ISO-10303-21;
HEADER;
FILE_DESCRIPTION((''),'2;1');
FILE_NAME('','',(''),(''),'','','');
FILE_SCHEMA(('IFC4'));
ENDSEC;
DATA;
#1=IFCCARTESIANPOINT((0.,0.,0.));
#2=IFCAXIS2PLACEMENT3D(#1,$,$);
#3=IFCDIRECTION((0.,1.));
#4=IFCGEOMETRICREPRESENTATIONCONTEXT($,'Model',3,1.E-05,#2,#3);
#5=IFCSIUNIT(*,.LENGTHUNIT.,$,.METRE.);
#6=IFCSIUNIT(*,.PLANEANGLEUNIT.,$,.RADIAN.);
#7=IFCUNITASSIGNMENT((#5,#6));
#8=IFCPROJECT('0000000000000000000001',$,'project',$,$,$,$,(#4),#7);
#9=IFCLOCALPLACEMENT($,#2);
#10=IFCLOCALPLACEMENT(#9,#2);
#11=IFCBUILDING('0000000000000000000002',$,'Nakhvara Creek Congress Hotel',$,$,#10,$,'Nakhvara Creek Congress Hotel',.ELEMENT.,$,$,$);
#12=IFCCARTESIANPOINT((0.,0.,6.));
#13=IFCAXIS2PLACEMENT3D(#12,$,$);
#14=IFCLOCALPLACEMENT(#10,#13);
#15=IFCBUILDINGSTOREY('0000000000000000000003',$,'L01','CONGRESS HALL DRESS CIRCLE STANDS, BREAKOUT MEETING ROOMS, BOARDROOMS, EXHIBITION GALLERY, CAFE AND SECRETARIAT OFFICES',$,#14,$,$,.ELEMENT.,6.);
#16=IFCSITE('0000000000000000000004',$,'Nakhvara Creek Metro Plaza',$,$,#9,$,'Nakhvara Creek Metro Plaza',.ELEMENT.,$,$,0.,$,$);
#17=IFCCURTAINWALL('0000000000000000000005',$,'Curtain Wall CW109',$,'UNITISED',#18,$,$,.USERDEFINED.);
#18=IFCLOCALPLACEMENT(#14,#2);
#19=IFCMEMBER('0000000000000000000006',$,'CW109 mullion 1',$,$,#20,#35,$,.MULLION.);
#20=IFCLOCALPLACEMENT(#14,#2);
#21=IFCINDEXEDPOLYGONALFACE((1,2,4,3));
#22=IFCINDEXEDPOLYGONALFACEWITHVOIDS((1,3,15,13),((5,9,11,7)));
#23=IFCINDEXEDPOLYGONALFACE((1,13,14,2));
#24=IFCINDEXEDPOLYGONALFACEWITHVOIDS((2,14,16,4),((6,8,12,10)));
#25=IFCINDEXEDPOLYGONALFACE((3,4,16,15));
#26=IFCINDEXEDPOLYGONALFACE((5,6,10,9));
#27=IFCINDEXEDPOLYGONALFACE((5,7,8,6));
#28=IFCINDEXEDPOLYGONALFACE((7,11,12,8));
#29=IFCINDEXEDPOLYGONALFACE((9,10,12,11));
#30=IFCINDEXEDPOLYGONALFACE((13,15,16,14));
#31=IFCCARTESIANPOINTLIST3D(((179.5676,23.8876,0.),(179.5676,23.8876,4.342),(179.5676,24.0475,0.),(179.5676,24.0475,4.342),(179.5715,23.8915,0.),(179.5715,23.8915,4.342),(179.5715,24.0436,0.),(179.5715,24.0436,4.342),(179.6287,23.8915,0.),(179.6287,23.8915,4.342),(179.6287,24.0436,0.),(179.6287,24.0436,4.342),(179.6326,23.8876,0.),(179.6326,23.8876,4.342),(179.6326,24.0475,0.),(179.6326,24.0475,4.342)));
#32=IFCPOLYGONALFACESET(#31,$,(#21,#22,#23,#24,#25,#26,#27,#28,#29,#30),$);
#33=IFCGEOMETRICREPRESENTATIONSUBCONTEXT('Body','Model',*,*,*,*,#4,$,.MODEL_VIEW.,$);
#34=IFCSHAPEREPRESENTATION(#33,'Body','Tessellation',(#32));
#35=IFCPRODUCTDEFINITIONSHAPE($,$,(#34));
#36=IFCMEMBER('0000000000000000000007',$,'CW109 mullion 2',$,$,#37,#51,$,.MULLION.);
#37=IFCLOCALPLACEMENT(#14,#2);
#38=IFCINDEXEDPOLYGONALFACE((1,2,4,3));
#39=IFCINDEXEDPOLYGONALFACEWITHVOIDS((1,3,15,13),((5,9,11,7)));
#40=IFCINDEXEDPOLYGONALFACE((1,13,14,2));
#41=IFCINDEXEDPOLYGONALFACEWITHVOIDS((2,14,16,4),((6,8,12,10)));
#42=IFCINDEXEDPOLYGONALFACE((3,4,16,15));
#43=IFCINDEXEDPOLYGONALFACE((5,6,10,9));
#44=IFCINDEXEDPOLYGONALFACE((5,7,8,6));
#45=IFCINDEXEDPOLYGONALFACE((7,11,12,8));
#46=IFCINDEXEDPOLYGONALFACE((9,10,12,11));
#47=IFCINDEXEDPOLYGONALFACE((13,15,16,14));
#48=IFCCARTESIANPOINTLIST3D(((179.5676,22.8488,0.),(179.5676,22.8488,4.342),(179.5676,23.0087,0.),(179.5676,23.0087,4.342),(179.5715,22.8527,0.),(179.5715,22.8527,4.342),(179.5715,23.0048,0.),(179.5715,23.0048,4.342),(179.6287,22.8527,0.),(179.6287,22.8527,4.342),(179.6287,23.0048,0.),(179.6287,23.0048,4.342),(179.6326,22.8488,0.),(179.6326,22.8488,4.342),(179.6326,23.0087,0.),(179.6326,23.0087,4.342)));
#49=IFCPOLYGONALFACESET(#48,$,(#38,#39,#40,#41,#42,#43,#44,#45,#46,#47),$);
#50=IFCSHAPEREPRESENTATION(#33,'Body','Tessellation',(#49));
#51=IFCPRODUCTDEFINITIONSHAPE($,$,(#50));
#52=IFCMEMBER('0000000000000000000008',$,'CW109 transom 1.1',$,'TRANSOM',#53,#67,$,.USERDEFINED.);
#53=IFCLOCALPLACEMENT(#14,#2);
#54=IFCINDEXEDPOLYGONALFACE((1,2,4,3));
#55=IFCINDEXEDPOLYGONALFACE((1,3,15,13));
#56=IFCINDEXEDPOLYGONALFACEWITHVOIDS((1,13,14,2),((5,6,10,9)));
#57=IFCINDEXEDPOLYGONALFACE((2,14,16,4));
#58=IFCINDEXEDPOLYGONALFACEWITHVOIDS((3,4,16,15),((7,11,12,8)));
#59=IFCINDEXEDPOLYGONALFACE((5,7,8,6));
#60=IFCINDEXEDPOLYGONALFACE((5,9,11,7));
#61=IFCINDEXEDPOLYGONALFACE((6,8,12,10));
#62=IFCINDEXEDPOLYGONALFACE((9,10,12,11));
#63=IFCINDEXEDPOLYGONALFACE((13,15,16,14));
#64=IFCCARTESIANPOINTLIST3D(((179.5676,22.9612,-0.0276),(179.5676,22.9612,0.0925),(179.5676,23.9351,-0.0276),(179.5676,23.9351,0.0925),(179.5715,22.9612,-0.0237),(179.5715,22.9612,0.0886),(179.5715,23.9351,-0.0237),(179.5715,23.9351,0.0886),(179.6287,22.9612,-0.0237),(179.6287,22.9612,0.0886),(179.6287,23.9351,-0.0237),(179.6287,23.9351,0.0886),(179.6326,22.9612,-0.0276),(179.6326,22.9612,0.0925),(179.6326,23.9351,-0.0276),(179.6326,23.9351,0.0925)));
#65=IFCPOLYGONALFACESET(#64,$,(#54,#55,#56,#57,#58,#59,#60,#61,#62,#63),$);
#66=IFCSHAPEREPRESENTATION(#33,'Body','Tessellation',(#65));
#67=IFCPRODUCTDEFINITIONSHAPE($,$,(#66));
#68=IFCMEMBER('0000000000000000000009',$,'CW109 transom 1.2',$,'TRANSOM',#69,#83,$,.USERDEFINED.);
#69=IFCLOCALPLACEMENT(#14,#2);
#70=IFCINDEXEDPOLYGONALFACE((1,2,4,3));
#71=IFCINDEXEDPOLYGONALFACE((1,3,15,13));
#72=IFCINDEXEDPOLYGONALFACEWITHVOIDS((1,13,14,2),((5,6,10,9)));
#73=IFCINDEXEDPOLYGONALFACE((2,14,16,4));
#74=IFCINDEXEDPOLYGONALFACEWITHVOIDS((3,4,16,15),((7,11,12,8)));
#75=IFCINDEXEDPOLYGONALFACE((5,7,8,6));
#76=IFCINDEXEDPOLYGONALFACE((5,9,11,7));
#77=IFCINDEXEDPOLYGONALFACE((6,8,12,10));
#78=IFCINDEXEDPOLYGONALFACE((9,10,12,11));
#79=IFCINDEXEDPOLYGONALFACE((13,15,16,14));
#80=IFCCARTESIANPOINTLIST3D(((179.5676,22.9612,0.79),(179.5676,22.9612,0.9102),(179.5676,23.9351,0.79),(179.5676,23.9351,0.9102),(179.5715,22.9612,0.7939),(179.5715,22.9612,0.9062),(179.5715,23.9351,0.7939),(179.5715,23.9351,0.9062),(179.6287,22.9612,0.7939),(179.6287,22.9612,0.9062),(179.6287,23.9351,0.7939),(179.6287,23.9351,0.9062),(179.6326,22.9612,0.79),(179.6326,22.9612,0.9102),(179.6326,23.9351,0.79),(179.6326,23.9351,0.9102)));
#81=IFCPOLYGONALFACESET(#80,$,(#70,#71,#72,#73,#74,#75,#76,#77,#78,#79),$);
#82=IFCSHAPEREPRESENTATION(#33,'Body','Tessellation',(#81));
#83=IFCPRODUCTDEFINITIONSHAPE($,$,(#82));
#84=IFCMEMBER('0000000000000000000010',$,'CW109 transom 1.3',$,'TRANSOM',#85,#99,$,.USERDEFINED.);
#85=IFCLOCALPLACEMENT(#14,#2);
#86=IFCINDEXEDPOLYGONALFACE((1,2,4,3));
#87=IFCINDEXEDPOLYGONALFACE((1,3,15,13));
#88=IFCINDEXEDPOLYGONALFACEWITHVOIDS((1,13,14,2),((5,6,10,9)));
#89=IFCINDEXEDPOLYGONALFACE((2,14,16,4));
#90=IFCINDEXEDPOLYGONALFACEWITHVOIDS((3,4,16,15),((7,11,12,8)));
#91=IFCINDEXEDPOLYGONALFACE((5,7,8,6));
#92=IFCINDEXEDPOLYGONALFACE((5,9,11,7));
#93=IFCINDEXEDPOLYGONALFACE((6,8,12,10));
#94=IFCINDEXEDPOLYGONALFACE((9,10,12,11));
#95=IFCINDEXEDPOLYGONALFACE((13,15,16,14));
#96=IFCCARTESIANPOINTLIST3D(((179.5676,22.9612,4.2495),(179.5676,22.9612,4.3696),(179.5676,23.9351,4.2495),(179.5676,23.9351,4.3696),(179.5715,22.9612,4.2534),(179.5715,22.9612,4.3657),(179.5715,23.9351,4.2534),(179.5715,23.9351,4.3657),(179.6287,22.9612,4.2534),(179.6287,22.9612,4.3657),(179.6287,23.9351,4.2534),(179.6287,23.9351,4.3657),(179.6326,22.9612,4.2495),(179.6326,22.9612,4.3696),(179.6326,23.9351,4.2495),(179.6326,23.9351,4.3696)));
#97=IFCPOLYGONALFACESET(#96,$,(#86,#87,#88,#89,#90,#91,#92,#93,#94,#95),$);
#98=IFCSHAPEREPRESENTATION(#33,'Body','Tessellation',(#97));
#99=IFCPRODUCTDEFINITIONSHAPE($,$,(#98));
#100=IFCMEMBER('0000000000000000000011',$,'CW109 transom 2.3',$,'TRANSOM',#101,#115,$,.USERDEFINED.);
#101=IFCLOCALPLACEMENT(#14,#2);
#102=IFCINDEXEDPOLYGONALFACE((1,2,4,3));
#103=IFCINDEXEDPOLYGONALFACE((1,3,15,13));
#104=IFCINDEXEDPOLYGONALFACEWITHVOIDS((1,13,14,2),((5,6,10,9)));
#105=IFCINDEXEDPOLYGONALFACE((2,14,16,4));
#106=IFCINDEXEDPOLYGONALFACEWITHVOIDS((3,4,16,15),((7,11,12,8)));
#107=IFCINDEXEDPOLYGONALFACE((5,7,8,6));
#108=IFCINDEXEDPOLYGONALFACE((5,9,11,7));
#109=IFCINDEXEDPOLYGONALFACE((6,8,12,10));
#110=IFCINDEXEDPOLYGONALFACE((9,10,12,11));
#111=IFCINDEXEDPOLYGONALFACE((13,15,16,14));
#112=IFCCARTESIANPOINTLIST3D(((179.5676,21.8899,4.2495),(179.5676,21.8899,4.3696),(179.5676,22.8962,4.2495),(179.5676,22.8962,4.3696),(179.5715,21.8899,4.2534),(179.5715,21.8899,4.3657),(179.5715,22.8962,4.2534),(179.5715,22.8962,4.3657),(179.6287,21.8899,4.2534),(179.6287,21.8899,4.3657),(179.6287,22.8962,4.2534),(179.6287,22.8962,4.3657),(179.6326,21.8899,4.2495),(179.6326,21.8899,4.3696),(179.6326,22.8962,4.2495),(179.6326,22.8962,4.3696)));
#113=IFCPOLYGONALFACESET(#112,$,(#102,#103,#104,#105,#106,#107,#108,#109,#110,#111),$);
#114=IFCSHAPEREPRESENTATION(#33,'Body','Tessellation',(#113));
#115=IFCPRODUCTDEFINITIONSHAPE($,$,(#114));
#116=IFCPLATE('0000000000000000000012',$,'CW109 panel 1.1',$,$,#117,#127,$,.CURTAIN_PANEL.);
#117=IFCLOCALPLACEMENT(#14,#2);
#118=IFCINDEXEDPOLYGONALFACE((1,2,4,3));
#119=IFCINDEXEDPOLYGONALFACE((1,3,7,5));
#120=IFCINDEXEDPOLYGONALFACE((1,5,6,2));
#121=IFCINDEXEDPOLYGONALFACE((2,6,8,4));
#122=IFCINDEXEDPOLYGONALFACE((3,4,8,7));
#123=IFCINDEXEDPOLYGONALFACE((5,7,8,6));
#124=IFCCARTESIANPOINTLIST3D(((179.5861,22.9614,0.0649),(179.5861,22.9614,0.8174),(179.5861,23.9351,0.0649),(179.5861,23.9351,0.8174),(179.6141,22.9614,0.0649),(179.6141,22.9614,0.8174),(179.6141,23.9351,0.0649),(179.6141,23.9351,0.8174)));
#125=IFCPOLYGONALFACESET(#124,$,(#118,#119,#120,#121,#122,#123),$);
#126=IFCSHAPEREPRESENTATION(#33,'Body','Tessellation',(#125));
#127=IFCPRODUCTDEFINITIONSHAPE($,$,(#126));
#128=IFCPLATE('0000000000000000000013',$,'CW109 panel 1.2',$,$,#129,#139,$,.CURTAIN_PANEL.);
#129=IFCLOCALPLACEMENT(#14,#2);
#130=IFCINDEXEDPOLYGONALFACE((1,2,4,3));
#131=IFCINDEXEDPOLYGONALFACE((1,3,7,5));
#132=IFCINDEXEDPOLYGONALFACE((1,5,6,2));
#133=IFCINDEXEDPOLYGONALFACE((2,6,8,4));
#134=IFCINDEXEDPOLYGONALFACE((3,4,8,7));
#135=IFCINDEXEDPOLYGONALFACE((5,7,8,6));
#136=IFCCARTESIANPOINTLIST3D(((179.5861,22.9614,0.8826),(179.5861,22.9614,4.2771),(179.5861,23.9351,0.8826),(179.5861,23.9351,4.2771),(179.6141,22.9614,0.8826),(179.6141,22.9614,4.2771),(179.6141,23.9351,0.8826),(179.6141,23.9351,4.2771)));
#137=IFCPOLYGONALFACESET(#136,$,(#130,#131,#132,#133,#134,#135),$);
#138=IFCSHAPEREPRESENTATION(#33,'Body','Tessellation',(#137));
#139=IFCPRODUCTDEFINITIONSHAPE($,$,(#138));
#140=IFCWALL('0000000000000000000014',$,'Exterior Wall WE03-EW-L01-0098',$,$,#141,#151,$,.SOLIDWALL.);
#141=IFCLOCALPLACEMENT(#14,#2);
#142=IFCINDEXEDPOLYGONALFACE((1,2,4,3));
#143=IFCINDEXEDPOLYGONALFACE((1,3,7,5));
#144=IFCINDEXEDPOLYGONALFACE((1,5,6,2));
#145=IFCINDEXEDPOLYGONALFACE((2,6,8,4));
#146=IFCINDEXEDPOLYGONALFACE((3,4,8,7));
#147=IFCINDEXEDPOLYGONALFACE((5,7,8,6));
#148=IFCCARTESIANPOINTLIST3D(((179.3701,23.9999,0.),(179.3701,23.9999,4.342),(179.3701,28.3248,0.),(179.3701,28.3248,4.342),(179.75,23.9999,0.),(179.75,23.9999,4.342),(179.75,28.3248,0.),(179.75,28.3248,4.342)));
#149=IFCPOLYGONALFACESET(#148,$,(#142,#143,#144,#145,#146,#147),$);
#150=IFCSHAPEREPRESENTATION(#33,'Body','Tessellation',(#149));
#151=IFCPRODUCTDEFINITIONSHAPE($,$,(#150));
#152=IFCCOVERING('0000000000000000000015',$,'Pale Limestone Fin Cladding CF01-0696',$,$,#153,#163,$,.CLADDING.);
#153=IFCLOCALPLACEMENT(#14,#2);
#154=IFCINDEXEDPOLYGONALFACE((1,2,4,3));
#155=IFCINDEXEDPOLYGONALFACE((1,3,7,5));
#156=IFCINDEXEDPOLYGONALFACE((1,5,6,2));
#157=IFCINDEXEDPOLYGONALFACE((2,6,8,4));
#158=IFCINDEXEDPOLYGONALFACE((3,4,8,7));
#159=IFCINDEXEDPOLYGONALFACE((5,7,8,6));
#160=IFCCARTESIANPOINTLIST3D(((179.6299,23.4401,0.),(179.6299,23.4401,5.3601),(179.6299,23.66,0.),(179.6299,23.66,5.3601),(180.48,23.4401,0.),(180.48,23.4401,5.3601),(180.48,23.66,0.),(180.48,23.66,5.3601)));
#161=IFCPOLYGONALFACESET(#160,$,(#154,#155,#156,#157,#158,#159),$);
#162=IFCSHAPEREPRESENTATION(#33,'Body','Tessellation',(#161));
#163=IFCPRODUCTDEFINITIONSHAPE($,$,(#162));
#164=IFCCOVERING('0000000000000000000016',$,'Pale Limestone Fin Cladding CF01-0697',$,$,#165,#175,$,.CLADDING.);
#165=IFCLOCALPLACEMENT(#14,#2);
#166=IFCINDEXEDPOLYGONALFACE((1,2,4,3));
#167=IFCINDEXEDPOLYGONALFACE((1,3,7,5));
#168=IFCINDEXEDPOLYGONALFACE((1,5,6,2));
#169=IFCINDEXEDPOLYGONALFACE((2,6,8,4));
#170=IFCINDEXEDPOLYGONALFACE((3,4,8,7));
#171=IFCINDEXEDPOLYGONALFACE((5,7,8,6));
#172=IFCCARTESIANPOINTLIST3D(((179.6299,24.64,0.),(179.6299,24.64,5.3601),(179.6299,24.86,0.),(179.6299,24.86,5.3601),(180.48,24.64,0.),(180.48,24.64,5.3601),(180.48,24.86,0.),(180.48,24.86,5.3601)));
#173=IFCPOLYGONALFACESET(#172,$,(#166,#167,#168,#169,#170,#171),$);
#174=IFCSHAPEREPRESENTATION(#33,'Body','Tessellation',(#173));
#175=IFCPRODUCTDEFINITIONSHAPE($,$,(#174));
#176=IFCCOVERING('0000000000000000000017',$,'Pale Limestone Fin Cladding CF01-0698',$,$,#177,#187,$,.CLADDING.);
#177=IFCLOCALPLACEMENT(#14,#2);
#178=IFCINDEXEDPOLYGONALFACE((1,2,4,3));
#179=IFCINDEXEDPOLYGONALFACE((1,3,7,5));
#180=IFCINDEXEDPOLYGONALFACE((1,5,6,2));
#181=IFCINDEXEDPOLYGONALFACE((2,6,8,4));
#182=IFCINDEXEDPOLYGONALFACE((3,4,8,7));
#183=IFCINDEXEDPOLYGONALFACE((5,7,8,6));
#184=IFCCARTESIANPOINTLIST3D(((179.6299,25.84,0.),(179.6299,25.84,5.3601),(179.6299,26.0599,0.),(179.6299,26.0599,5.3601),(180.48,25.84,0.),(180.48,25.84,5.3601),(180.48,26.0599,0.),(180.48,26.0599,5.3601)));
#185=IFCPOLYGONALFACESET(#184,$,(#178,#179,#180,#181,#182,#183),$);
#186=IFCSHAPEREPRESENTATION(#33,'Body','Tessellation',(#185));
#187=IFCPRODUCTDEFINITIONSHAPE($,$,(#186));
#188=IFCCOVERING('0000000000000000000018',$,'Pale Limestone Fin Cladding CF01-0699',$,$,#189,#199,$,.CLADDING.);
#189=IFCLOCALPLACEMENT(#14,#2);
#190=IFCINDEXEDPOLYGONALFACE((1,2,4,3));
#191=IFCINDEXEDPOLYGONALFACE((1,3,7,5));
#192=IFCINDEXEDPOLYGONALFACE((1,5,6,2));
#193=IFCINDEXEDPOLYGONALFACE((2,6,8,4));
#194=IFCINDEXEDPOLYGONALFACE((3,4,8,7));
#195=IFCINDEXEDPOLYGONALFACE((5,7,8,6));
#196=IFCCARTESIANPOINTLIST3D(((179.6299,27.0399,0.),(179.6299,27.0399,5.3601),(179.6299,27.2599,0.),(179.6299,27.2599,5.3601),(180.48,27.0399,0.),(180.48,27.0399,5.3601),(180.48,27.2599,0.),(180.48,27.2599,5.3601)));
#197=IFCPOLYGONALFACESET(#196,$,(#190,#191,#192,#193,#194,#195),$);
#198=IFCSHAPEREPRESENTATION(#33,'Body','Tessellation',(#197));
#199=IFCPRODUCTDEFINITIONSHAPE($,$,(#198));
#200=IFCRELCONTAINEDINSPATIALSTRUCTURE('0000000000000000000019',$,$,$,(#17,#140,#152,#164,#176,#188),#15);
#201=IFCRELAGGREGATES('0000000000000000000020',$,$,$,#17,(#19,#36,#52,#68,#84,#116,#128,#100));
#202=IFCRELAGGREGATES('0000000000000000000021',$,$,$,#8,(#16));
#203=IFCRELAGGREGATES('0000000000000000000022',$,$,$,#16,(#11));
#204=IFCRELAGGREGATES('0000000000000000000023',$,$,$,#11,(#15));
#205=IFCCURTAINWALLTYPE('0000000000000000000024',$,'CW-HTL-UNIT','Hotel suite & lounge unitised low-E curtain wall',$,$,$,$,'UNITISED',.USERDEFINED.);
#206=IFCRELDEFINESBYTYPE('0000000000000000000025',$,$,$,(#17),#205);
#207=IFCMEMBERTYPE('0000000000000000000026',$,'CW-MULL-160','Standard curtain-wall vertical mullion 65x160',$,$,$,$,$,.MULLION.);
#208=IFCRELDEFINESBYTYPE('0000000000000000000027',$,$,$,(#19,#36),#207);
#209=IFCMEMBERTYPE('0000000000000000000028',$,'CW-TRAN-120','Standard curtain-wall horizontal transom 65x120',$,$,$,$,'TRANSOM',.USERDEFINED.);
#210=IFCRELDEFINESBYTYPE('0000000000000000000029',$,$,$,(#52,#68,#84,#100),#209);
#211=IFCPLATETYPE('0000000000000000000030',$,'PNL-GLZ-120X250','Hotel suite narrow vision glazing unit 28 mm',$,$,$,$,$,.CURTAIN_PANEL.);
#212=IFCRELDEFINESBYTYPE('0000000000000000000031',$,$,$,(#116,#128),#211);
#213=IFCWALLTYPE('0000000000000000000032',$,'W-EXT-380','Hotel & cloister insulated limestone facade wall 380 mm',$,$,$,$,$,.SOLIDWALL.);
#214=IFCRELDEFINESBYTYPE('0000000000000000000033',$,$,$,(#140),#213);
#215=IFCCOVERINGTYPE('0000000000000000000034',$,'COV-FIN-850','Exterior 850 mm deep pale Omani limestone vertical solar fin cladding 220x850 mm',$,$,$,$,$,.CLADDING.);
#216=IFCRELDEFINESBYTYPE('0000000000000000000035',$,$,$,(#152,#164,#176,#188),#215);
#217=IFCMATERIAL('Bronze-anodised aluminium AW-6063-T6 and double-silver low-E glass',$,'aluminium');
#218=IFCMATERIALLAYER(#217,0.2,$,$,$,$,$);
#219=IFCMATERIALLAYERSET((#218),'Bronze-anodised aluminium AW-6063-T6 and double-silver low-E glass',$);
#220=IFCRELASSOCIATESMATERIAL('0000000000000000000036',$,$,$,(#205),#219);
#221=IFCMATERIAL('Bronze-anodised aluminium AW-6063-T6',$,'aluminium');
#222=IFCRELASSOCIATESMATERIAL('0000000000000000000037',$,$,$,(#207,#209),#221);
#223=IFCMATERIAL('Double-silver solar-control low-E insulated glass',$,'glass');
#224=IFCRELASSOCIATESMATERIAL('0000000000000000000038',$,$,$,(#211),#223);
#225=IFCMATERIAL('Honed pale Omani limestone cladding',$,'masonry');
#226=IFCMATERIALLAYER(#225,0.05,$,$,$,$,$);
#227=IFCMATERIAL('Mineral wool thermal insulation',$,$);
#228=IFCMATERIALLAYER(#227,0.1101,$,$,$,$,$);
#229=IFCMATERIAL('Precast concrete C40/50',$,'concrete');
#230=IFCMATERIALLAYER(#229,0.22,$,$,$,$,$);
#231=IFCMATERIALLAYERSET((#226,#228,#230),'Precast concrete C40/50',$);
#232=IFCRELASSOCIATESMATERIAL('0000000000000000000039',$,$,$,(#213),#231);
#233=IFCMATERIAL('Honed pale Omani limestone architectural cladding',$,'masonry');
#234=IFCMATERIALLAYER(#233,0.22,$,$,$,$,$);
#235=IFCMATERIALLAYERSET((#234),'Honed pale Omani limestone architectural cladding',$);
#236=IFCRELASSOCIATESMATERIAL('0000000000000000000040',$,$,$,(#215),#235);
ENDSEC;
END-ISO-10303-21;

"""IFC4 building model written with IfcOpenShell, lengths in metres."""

from ifc_helpers import new_model, si_unit, direction, frame, frame_2d, origin, origin_2d, place, context, subcontext, project, spatial, rectangle, hollow_rectangle, extrude, material, layer, layer_set, material_profile, profile_set, type_object, element, aggregate, save


model = new_model("IFC4")

# Units and contexts
model_context = context("Model", 3, precision=1e-05, world=origin(), true_north=direction((0.0, 1.0)))
body_context = subcontext(model_context, "Body", "Model", "MODEL_VIEW")
ifc_project = project(units=[si_unit("LENGTHUNIT", "METRE"), si_unit("PLANEANGLEUNIT", "RADIAN")], contexts=[model_context])

# Site, building, storey
site_placement = place(None, origin())
site = spatial("IfcSite", under=ifc_project, at=site_placement, Name="Nakhvara Creek Metro Plaza", LongName="Nakhvara Creek Metro Plaza", CompositionType="ELEMENT", RefElevation=0.0)
building_placement = place(site_placement, origin())
building = spatial("IfcBuilding", under=site, at=building_placement, Name="Nakhvara Creek Congress Hotel", LongName="Nakhvara Creek Congress Hotel", CompositionType="ELEMENT")
storey_placement = place(building_placement, frame((0.0, 0.0, 6.0)))
storey = spatial("IfcBuildingStorey", under=building, at=storey_placement, Name="L01", Description="CONGRESS HALL DRESS CIRCLE STANDS, BREAKOUT MEETING ROOMS, BOARDROOMS, EXHIBITION GALLERY, CAFE AND SECRETARIAT OFFICES", CompositionType="ELEMENT", Elevation=6.0)

# Curtain wall, members, plates
ifc_material_1 = material(Name="Bronze-anodised aluminium AW-6063-T6 and double-silver low-E glass", Category="aluminium")
ifc_layer_1 = layer(ifc_material_1, 0.2)
ifc_layer_set_1 = layer_set([ifc_layer_1], Name="Bronze-anodised aluminium AW-6063-T6 and double-silver low-E glass")
curtain_wall_type = type_object("IfcCurtainWallType", Name="CW-HTL-UNIT", Description="Hotel suite & lounge unitised low-E curtain wall", ElementType="UNITISED", PredefinedType="USERDEFINED", material=ifc_layer_set_1)
curtain_wall_placement = place(storey_placement, origin())
curtain_wall = element("IfcCurtainWall", 1, at=curtain_wall_placement, inside=storey, type_object=curtain_wall_type, Name="Curtain Wall CW109", ObjectType="UNITISED", PredefinedType="USERDEFINED")
ifc_material_2 = material(Name="Bronze-anodised aluminium AW-6063-T6", Category="aluminium")
ifc_material_profile_1 = material_profile(ifc_material_2, hollow_rectangle(XDim=0.0649, YDim=0.1599, WallThickness=0.0039, at=origin_2d()), Name="ALU-MULL 65x160x4", Category="LoadBearing")
ifc_profile_set_1 = profile_set([ifc_material_profile_1], Name="Bronze-anodised aluminium AW-6063-T6")
member_type_1 = type_object("IfcMemberType", Name="CW-MULL-160", Description="Standard curtain-wall vertical mullion 65x160", PredefinedType="MULLION", material=ifc_profile_set_1)
member_1_placement = place(storey_placement, frame((179.6001, 23.9675, 0.0), z_axis=(0.0, 0.0, 1.0), x_axis=(1.0, 0.0, 0.0)))
member_1 = element("IfcMember", 2, at=member_1_placement, type_object=member_type_1, Name="CW109 mullion 1", PredefinedType="MULLION", context=body_context, shape_type="SweptSolid", body=[
    extrude(hollow_rectangle(XDim=0.0649, YDim=0.1599, WallThickness=0.0039, at=origin_2d()), origin(), (0.0, 0.0, 1.0), 4.342),
])
member_2_placement = place(storey_placement, frame((179.6001, 22.9287, 0.0), z_axis=(0.0, 0.0, 1.0), x_axis=(1.0, 0.0, 0.0)))
member_2 = element("IfcMember", 3, at=member_2_placement, type_object=member_type_1, Name="CW109 mullion 2", PredefinedType="MULLION", context=body_context, shape_type="SweptSolid", body=[
    extrude(hollow_rectangle(XDim=0.0649, YDim=0.1599, WallThickness=0.0039, at=origin_2d()), origin(), (0.0, 0.0, 1.0), 4.342),
])
ifc_material_profile_2 = material_profile(ifc_material_2, hollow_rectangle(XDim=0.0649, YDim=0.1201, WallThickness=0.0039, at=origin_2d()), Name="ALU-TRAN 65x120x4", Category="LoadBearing")
ifc_profile_set_2 = profile_set([ifc_material_profile_2], Name="Bronze-anodised aluminium AW-6063-T6")
member_type_2 = type_object("IfcMemberType", Name="CW-TRAN-120", Description="Standard curtain-wall horizontal transom 65x120", ElementType="TRANSOM", PredefinedType="USERDEFINED", material=ifc_profile_set_2)
member_3_placement = place(storey_placement, frame((179.6001, 23.9351, 0.0325), z_axis=(0.0, -1.0, 0.0), x_axis=(1.0, 0.0, 0.0)))
member_3 = element("IfcMember", 4, at=member_3_placement, type_object=member_type_2, Name="CW109 transom 1.1", ObjectType="TRANSOM", PredefinedType="USERDEFINED", context=body_context, shape_type="SweptSolid", body=[
    extrude(hollow_rectangle(XDim=0.0649, YDim=0.1201, WallThickness=0.0039, at=origin_2d()), origin(), (0.0, 0.0, 1.0), 0.9739),
])
member_4_placement = place(storey_placement, frame((179.6001, 23.9351, 0.8501), z_axis=(0.0, -1.0, 0.0), x_axis=(1.0, 0.0, 0.0)))
member_4 = element("IfcMember", 5, at=member_4_placement, type_object=member_type_2, Name="CW109 transom 1.2", ObjectType="TRANSOM", PredefinedType="USERDEFINED", context=body_context, shape_type="SweptSolid", body=[
    extrude(hollow_rectangle(XDim=0.0649, YDim=0.1201, WallThickness=0.0039, at=origin_2d()), origin(), (0.0, 0.0, 1.0), 0.9739),
])
member_5_placement = place(storey_placement, frame((179.6001, 23.9351, 4.3096), z_axis=(0.0, -1.0, 0.0), x_axis=(1.0, 0.0, 0.0)))
member_5 = element("IfcMember", 6, at=member_5_placement, type_object=member_type_2, Name="CW109 transom 1.3", ObjectType="TRANSOM", PredefinedType="USERDEFINED", context=body_context, shape_type="SweptSolid", body=[
    extrude(hollow_rectangle(XDim=0.0649, YDim=0.1201, WallThickness=0.0039, at=origin_2d()), origin(), (0.0, 0.0, 1.0), 0.9739),
])
member_6_placement = place(storey_placement, frame((179.6001, 22.8962, 4.3096), z_axis=(0.0, -1.0, 0.0), x_axis=(1.0, 0.0, 0.0)))
member_6 = element("IfcMember", 7, at=member_6_placement, type_object=member_type_2, Name="CW109 transom 2.3", ObjectType="TRANSOM", PredefinedType="USERDEFINED", context=body_context, shape_type="SweptSolid", body=[
    extrude(hollow_rectangle(XDim=0.0649, YDim=0.1201, WallThickness=0.0039, at=origin_2d()), origin(), (0.0, 0.0, 1.0), 1.0063),
])
ifc_material_3 = material(Name="Double-silver solar-control low-E insulated glass", Category="glass")
plate_type = type_object("IfcPlateType", Name="PNL-GLZ-120X250", Description="Hotel suite narrow vision glazing unit 28 mm", PredefinedType="CURTAIN_PANEL", material=ifc_material_3)
plate_1_placement = place(storey_placement, frame((179.6001, 23.4482, 0.0649), z_axis=(0.0, 0.0, 1.0), x_axis=(0.0, -1.0, 0.0)))
plate_1 = element("IfcPlate", 8, at=plate_1_placement, type_object=plate_type, Name="CW109 panel 1.1", PredefinedType="CURTAIN_PANEL", context=body_context, shape_type="SweptSolid", body=[
    extrude(rectangle(XDim=0.9736, YDim=0.0281, at=origin_2d()), origin(), (0.0, 0.0, 1.0), 0.7524),
])
plate_2_placement = place(storey_placement, frame((179.6001, 23.4482, 0.8826), z_axis=(0.0, 0.0, 1.0), x_axis=(0.0, -1.0, 0.0)))
plate_2 = element("IfcPlate", 9, at=plate_2_placement, type_object=plate_type, Name="CW109 panel 1.2", PredefinedType="CURTAIN_PANEL", context=body_context, shape_type="SweptSolid", body=[
    extrude(rectangle(XDim=0.9736, YDim=0.0281, at=origin_2d()), origin(), (0.0, 0.0, 1.0), 3.3945),
])
aggregate(curtain_wall, [member_1, member_2, member_3, member_4, member_5, plate_1, plate_2, member_6])

# Wall
ifc_material_4 = material(Name="Honed pale Omani limestone cladding", Category="masonry")
ifc_layer_2 = layer(ifc_material_4, 0.05)
ifc_material_5 = material(Name="Mineral wool thermal insulation")
ifc_layer_3 = layer(ifc_material_5, 0.1101)
ifc_material_6 = material(Name="Precast concrete C40/50", Category="concrete")
ifc_layer_4 = layer(ifc_material_6, 0.22)
ifc_layer_set_2 = layer_set([ifc_layer_2, ifc_layer_3, ifc_layer_4], Name="Precast concrete C40/50")
wall_type = type_object("IfcWallType", Name="W-EXT-380", Description="Hotel & cloister insulated limestone facade wall 380 mm", PredefinedType="SOLIDWALL", material=ifc_layer_set_2)
wall_placement = place(storey_placement, frame((179.5601, 28.325, 0.0), z_axis=(0.0, 0.0, 1.0), x_axis=(0.0, -1.0, 0.0)))
element("IfcWall", 10, at=wall_placement, inside=storey, type_object=wall_type, Name="Exterior Wall WE03-EW-L01-0098", PredefinedType="SOLIDWALL", context=body_context, shape_type="SweptSolid", body=[
    extrude(rectangle(XDim=4.325, YDim=0.3799, at=frame_2d((2.1626, 0.0))), origin(), (0.0, 0.0, 1.0), 4.342),
])

# Coverings
ifc_material_7 = material(Name="Honed pale Omani limestone architectural cladding", Category="masonry")
ifc_layer_5 = layer(ifc_material_7, 0.22)
ifc_layer_set_3 = layer_set([ifc_layer_5], Name="Honed pale Omani limestone architectural cladding")
covering_type = type_object("IfcCoveringType", Name="COV-FIN-850", Description="Exterior 850 mm deep pale Omani limestone vertical solar fin cladding 220x850 mm", PredefinedType="CLADDING", material=ifc_layer_set_3)
for number, where, z_axis, x_axis, name in (
    (11, (180.0549, 23.55, 0.0), (0.0, 0.0, 1.0), (0.0, 1.0, 0.0), "Pale Limestone Fin Cladding CF01-0696"),
    (12, (180.0549, 24.75, 0.0), (0.0, 0.0, 1.0), (0.0, 1.0, 0.0), "Pale Limestone Fin Cladding CF01-0697"),
    (13, (180.0549, 25.95, 0.0), (0.0, 0.0, 1.0), (0.0, 1.0, 0.0), "Pale Limestone Fin Cladding CF01-0698"),
    (14, (180.0549, 27.1499, 0.0), (0.0, 0.0, 1.0), (0.0, 1.0, 0.0), "Pale Limestone Fin Cladding CF01-0699"),
):
    element("IfcCovering", number, at=place(storey_placement, frame(where, z_axis=z_axis, x_axis=x_axis)), inside=storey, type_object=covering_type, Name=name, PredefinedType="CLADDING", context=body_context, shape_type="SweptSolid", body=[
        extrude(rectangle(XDim=0.22, YDim=0.8501, at=origin_2d()), origin(), (0.0, 0.0, 1.0), 5.3601),
    ])

save(model, "model.ifc")
